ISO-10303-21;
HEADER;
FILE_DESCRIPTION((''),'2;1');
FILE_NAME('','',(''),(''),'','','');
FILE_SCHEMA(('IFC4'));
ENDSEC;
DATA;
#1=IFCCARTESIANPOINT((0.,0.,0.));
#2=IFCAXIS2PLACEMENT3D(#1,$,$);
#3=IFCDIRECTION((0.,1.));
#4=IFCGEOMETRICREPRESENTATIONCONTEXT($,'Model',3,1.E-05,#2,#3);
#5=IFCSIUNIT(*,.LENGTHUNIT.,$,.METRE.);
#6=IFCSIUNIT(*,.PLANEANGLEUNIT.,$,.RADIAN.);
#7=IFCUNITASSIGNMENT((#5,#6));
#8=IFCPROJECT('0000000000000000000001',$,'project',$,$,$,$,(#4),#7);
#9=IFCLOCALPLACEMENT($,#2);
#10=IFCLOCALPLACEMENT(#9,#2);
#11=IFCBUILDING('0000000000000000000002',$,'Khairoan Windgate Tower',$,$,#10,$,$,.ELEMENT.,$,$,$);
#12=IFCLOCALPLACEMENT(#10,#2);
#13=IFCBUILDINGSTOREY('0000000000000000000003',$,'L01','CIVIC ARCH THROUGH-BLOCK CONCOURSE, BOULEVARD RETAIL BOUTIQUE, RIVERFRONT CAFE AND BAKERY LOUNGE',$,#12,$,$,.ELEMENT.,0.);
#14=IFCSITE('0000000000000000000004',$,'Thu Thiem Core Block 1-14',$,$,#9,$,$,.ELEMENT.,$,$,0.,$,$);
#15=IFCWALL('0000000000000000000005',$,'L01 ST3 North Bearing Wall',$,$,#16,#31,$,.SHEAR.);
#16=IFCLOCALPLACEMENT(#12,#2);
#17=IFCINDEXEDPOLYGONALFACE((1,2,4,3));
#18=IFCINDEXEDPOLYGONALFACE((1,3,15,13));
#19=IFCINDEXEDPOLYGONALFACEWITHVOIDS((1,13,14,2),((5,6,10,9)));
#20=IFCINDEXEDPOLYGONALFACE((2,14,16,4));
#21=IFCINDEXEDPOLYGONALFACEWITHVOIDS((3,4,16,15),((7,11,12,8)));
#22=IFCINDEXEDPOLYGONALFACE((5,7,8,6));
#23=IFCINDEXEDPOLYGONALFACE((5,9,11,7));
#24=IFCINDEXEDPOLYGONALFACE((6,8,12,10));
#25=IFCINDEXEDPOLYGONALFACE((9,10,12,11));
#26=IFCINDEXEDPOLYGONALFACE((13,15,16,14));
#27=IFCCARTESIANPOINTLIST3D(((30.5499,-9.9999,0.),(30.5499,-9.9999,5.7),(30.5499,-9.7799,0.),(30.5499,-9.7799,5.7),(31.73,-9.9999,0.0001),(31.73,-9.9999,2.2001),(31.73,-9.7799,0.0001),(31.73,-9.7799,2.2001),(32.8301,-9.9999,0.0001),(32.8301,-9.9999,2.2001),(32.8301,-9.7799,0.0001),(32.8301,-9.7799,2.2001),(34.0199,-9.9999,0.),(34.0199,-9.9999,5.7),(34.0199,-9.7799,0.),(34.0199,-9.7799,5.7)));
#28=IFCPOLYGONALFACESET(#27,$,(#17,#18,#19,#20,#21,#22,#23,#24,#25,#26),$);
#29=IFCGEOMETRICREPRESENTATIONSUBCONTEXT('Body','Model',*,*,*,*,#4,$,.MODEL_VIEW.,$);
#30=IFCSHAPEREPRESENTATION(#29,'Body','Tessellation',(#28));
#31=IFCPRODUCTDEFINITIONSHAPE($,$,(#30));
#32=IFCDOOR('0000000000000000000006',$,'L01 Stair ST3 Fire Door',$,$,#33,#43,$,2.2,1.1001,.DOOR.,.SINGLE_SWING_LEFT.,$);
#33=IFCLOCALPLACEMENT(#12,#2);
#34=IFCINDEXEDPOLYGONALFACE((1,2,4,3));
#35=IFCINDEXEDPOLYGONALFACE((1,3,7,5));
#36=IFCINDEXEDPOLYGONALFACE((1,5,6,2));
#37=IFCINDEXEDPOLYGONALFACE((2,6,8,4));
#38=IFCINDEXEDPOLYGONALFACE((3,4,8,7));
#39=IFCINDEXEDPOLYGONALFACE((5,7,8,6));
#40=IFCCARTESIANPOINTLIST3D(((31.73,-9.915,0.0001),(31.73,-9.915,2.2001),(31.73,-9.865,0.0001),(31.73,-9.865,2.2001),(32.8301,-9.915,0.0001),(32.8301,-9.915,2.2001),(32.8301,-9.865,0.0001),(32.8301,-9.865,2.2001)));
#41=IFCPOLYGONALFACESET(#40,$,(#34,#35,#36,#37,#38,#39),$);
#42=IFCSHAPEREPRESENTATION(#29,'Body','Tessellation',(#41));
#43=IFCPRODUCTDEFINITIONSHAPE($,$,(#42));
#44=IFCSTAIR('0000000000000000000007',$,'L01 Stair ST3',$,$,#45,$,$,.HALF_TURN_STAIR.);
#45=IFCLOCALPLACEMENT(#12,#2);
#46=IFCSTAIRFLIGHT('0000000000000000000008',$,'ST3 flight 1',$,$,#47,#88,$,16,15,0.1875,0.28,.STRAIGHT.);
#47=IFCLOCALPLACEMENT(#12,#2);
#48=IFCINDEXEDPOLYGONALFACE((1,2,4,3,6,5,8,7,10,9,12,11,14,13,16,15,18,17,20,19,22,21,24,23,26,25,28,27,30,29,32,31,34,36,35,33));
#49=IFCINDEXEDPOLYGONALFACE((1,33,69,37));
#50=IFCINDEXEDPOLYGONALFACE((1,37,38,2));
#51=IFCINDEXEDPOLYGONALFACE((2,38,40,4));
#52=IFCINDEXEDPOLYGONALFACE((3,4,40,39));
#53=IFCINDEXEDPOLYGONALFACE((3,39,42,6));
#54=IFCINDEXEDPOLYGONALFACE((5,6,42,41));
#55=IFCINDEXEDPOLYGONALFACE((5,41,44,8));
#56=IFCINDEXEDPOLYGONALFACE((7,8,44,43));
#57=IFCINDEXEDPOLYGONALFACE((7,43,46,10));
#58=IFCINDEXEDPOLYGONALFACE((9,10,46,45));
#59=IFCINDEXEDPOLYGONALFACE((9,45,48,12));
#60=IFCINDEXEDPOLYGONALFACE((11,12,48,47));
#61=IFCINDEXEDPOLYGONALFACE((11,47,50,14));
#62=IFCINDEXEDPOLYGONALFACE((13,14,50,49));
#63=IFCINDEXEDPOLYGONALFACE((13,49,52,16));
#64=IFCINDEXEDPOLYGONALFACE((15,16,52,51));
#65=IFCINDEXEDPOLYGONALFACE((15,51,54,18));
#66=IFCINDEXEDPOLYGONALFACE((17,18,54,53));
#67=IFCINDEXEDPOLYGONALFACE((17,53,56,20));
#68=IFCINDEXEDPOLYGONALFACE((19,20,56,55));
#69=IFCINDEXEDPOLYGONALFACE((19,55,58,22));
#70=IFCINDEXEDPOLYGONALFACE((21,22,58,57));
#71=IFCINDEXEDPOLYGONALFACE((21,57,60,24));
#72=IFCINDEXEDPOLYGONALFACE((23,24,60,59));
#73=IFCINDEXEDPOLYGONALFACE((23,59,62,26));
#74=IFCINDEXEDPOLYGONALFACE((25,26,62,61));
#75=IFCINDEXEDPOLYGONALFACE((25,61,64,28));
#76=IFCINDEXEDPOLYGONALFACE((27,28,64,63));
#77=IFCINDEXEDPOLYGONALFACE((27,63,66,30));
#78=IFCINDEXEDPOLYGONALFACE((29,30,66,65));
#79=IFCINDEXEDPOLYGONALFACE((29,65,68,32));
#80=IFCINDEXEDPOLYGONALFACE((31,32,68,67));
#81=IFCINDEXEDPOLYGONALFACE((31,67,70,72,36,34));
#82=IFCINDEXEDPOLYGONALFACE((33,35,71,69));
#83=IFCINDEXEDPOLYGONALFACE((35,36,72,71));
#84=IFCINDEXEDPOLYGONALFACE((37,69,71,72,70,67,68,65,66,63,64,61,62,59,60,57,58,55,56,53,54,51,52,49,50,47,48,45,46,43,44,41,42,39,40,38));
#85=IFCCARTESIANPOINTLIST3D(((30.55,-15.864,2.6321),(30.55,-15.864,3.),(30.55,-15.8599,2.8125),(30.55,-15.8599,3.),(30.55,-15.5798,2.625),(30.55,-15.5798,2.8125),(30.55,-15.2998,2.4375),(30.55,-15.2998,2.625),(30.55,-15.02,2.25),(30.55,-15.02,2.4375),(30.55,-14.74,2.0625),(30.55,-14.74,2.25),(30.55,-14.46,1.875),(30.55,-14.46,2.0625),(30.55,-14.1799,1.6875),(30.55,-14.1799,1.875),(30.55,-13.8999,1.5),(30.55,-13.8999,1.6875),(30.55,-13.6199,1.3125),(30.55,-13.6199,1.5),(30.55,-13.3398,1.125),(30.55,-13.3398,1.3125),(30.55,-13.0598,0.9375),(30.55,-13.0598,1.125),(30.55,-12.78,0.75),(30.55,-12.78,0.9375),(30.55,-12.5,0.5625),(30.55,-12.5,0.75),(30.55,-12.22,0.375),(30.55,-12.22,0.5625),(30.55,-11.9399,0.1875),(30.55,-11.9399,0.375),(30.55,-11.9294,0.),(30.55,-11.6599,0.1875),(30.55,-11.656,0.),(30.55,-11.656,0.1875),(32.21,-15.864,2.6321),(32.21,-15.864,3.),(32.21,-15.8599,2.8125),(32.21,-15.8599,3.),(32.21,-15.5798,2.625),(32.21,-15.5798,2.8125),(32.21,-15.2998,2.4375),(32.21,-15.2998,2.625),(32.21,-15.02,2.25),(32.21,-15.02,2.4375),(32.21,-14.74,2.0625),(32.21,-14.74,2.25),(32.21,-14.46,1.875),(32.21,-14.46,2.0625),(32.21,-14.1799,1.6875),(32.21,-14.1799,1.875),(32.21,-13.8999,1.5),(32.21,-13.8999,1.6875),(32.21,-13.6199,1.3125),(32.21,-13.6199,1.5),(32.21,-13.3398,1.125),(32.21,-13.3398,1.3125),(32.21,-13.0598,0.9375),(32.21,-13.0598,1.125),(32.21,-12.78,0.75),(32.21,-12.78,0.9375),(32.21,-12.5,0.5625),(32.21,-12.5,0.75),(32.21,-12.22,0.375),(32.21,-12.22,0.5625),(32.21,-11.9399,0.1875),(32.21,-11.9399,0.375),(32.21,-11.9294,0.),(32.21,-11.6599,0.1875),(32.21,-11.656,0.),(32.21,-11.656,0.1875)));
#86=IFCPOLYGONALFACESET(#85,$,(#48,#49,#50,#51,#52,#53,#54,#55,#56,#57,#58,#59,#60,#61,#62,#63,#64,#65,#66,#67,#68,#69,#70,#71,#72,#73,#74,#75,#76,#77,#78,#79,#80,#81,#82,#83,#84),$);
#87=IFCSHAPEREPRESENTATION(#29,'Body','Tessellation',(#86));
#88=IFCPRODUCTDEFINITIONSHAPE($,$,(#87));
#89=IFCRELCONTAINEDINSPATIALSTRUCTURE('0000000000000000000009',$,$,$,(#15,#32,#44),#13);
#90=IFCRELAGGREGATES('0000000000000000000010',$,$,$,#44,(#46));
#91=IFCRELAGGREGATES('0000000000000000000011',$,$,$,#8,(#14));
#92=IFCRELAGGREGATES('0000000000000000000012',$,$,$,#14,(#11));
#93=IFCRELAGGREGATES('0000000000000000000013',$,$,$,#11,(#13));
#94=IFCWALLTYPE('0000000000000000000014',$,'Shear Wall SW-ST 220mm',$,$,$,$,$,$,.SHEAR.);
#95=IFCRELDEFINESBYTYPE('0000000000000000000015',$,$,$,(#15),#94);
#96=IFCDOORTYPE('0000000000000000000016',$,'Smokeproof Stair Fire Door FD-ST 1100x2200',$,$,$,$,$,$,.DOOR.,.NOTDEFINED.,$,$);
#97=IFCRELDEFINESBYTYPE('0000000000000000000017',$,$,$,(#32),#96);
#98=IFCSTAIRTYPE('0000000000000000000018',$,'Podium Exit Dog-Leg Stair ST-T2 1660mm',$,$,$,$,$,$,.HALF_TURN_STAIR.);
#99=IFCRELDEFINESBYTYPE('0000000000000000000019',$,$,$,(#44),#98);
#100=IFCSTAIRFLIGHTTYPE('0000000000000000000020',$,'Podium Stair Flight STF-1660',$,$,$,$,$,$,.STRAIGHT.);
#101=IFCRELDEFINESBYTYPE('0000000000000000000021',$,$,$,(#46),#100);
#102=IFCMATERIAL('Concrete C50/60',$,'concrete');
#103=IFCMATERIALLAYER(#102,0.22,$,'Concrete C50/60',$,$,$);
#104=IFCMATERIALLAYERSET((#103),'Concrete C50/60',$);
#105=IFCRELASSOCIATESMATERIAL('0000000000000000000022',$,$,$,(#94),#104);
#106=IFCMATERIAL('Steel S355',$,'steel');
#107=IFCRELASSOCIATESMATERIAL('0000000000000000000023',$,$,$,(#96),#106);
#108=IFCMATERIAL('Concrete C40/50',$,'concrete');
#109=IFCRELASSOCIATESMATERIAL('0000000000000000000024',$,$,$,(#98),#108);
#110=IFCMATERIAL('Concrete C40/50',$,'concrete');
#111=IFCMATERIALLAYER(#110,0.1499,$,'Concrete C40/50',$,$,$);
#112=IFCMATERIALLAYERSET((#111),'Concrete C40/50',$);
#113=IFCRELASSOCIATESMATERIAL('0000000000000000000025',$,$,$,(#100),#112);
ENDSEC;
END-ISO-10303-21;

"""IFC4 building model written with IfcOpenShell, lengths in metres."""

from ifc_helpers import new_model, si_unit, direction, frame, frame_2d, origin, place, context, subcontext, project, spatial, polyline, rectangle, outline, extrude, material, layer, layer_set, type_object, element, fill, aggregate, save


model = new_model("IFC4")

# Units and contexts
model_context = context("Model", 3, precision=1e-05, world=origin(), true_north=direction((0.0, 1.0)))
body_context = subcontext(model_context, "Body", "Model", "MODEL_VIEW")
ifc_project = project(units=[si_unit("LENGTHUNIT", "METRE"), si_unit("PLANEANGLEUNIT", "RADIAN")], contexts=[model_context])

# Site, building, storey
site_placement = place(None, origin())
site = spatial("IfcSite", under=ifc_project, at=site_placement, Name="Thu Thiem Core Block 1-14", CompositionType="ELEMENT", RefElevation=0.0)
building_placement = place(site_placement, origin())
building = spatial("IfcBuilding", under=site, at=building_placement, Name="Khairoan Windgate Tower", CompositionType="ELEMENT")
storey_placement = place(building_placement, origin())
storey = spatial("IfcBuildingStorey", under=building, at=storey_placement, Name="L01", Description="CIVIC ARCH THROUGH-BLOCK CONCOURSE, BOULEVARD RETAIL BOUTIQUE, RIVERFRONT CAFE AND BAKERY LOUNGE", CompositionType="ELEMENT", Elevation=0.0)

# Wall, opening, door
ifc_material_1 = material(Name="Concrete C50/60", Category="concrete")
ifc_layer_1 = layer(ifc_material_1, 0.22, Name="Concrete C50/60")
ifc_layer_set_1 = layer_set([ifc_layer_1], Name="Concrete C50/60")
wall_type_1 = type_object("IfcWallType", Name="Shear Wall SW-ST 220mm", PredefinedType="SHEAR", material=ifc_layer_set_1)
wall_1_placement = place(storey_placement, frame((30.55, -9.8899, 0.0), z_axis=(0.0, 0.0, 1.0), x_axis=(1.0, 0.0, 0.0)))
wall_1 = element("IfcWall", 1, at=wall_1_placement, inside=storey, type_object=wall_type_1, Name="L01 ST3 North Bearing Wall", PredefinedType="SHEAR", context=body_context, shape_type="SweptSolid", body=[
    extrude(rectangle(XDim=3.47, YDim=0.22, at=frame_2d((1.7349, 0.0))), origin(), (0.0, 0.0, 1.0), 5.7),
])
opening_1_placement = place(wall_1_placement, frame((1.1799, 0.0, 0.0)))
opening_1 = element("IfcOpeningElement", 2, at=opening_1_placement, cuts=wall_1, PredefinedType="OPENING", context=body_context, shape_type="SweptSolid", body=[
    extrude(rectangle(XDim=1.1001, YDim=2.2, at=frame_2d((0.55, 1.1001))), frame((0.0, 0.1199, 0.0), z_axis=(0.0, -1.0, 0.0), x_axis=(1.0, 0.0, 0.0)), (0.0, 0.0, 1.0), 0.24),
])
ifc_material_2 = material(Name="Steel S355", Category="steel")
door_type_1 = type_object("IfcDoorType", Name="Smokeproof Stair Fire Door FD-ST 1100x2200", OperationType="NOTDEFINED", PredefinedType="DOOR", material=ifc_material_2)
door_1_placement = place(opening_1_placement, origin())
door_1 = element("IfcDoor", 3, at=door_1_placement, inside=storey, type_object=door_type_1, Name="L01 Stair ST3 Fire Door", OperationType="SINGLE_SWING_LEFT", OverallHeight=2.2, OverallWidth=1.1001, PredefinedType="DOOR", context=body_context, shape_type="SweptSolid", body=[
    extrude(rectangle(XDim=1.1001, YDim=2.2, at=frame_2d((0.55, 1.1001))), frame((0.0, 0.0249, 0.0), z_axis=(0.0, -1.0, 0.0), x_axis=(1.0, 0.0, 0.0)), (0.0, 0.0, 1.0), 0.05),
])
fill(opening_1, door_1)

# Stair, stair flight
ifc_material_3 = material(Name="Concrete C40/50", Category="concrete")
stair_type = type_object("IfcStairType", Name="Podium Exit Dog-Leg Stair ST-T2 1660mm", PredefinedType="HALF_TURN_STAIR", material=ifc_material_3)
stair_placement = place(storey_placement, origin())
stair = element("IfcStair", 4, at=stair_placement, inside=storey, type_object=stair_type, Name="L01 Stair ST3", PredefinedType="HALF_TURN_STAIR")
ifc_material_4 = material(Name="Concrete C40/50", Category="concrete")
ifc_layer_2 = layer(ifc_material_4, 0.1499, Name="Concrete C40/50")
ifc_layer_set_2 = layer_set([ifc_layer_2], Name="Concrete C40/50")
stair_flight_type = type_object("IfcStairFlightType", Name="Podium Stair Flight STF-1660", PredefinedType="STRAIGHT", material=ifc_layer_set_2)
stair_flight_placement = place(storey_placement, frame((31.3799, -11.6599, 0.0), z_axis=(0.0, 0.0, 1.0), x_axis=(0.0, -1.0, 0.0)))
stair_flight = element("IfcStairFlight", 5, at=stair_flight_placement, type_object=stair_flight_type, Name="ST3 flight 1", NumberOfRisers=16, NumberOfTreads=15, PredefinedType="STRAIGHT", RiserHeight=0.1875, TreadLength=0.28, context=body_context, shape_type="SweptSolid", body=[
    extrude(outline(polyline([(-0.0039, 0.0), (-0.0039, 0.1875), (0.0, 0.1875), (0.28, 0.1875), (0.28, 0.375), (0.5601, 0.375), (0.5601, 0.5625), (0.8401, 0.5625), (0.8401, 0.75), (1.1201, 0.75), (1.1201, 0.9375), (1.3999, 0.9375), (1.3999, 1.125), (1.6799, 1.125), (1.6799, 1.3125), (1.96, 1.3125), (1.96, 1.5), (2.24, 1.5), (2.24, 1.6875), (2.52, 1.6875), (2.52, 1.875), (2.8, 1.875), (2.8, 2.0625), (3.0801, 2.0625), (3.0801, 2.25), (3.3601, 2.25), (3.3601, 2.4375), (3.6399, 2.4375), (3.6399, 2.625), (3.9199, 2.625), (3.9199, 2.8125), (4.2, 2.8125), (4.2, 3.0), (4.2041, 3.0), (4.2041, 2.6321), (0.2695, 0.0), (-0.0039, 0.0)])), frame((0.0, 0.8301, 0.0), z_axis=(0.0, -1.0, 0.0), x_axis=(1.0, 0.0, 0.0)), (0.0, 0.0, 1.0), 1.6599),
])
aggregate(stair, [stair_flight])

save(model, "model.ifc")
